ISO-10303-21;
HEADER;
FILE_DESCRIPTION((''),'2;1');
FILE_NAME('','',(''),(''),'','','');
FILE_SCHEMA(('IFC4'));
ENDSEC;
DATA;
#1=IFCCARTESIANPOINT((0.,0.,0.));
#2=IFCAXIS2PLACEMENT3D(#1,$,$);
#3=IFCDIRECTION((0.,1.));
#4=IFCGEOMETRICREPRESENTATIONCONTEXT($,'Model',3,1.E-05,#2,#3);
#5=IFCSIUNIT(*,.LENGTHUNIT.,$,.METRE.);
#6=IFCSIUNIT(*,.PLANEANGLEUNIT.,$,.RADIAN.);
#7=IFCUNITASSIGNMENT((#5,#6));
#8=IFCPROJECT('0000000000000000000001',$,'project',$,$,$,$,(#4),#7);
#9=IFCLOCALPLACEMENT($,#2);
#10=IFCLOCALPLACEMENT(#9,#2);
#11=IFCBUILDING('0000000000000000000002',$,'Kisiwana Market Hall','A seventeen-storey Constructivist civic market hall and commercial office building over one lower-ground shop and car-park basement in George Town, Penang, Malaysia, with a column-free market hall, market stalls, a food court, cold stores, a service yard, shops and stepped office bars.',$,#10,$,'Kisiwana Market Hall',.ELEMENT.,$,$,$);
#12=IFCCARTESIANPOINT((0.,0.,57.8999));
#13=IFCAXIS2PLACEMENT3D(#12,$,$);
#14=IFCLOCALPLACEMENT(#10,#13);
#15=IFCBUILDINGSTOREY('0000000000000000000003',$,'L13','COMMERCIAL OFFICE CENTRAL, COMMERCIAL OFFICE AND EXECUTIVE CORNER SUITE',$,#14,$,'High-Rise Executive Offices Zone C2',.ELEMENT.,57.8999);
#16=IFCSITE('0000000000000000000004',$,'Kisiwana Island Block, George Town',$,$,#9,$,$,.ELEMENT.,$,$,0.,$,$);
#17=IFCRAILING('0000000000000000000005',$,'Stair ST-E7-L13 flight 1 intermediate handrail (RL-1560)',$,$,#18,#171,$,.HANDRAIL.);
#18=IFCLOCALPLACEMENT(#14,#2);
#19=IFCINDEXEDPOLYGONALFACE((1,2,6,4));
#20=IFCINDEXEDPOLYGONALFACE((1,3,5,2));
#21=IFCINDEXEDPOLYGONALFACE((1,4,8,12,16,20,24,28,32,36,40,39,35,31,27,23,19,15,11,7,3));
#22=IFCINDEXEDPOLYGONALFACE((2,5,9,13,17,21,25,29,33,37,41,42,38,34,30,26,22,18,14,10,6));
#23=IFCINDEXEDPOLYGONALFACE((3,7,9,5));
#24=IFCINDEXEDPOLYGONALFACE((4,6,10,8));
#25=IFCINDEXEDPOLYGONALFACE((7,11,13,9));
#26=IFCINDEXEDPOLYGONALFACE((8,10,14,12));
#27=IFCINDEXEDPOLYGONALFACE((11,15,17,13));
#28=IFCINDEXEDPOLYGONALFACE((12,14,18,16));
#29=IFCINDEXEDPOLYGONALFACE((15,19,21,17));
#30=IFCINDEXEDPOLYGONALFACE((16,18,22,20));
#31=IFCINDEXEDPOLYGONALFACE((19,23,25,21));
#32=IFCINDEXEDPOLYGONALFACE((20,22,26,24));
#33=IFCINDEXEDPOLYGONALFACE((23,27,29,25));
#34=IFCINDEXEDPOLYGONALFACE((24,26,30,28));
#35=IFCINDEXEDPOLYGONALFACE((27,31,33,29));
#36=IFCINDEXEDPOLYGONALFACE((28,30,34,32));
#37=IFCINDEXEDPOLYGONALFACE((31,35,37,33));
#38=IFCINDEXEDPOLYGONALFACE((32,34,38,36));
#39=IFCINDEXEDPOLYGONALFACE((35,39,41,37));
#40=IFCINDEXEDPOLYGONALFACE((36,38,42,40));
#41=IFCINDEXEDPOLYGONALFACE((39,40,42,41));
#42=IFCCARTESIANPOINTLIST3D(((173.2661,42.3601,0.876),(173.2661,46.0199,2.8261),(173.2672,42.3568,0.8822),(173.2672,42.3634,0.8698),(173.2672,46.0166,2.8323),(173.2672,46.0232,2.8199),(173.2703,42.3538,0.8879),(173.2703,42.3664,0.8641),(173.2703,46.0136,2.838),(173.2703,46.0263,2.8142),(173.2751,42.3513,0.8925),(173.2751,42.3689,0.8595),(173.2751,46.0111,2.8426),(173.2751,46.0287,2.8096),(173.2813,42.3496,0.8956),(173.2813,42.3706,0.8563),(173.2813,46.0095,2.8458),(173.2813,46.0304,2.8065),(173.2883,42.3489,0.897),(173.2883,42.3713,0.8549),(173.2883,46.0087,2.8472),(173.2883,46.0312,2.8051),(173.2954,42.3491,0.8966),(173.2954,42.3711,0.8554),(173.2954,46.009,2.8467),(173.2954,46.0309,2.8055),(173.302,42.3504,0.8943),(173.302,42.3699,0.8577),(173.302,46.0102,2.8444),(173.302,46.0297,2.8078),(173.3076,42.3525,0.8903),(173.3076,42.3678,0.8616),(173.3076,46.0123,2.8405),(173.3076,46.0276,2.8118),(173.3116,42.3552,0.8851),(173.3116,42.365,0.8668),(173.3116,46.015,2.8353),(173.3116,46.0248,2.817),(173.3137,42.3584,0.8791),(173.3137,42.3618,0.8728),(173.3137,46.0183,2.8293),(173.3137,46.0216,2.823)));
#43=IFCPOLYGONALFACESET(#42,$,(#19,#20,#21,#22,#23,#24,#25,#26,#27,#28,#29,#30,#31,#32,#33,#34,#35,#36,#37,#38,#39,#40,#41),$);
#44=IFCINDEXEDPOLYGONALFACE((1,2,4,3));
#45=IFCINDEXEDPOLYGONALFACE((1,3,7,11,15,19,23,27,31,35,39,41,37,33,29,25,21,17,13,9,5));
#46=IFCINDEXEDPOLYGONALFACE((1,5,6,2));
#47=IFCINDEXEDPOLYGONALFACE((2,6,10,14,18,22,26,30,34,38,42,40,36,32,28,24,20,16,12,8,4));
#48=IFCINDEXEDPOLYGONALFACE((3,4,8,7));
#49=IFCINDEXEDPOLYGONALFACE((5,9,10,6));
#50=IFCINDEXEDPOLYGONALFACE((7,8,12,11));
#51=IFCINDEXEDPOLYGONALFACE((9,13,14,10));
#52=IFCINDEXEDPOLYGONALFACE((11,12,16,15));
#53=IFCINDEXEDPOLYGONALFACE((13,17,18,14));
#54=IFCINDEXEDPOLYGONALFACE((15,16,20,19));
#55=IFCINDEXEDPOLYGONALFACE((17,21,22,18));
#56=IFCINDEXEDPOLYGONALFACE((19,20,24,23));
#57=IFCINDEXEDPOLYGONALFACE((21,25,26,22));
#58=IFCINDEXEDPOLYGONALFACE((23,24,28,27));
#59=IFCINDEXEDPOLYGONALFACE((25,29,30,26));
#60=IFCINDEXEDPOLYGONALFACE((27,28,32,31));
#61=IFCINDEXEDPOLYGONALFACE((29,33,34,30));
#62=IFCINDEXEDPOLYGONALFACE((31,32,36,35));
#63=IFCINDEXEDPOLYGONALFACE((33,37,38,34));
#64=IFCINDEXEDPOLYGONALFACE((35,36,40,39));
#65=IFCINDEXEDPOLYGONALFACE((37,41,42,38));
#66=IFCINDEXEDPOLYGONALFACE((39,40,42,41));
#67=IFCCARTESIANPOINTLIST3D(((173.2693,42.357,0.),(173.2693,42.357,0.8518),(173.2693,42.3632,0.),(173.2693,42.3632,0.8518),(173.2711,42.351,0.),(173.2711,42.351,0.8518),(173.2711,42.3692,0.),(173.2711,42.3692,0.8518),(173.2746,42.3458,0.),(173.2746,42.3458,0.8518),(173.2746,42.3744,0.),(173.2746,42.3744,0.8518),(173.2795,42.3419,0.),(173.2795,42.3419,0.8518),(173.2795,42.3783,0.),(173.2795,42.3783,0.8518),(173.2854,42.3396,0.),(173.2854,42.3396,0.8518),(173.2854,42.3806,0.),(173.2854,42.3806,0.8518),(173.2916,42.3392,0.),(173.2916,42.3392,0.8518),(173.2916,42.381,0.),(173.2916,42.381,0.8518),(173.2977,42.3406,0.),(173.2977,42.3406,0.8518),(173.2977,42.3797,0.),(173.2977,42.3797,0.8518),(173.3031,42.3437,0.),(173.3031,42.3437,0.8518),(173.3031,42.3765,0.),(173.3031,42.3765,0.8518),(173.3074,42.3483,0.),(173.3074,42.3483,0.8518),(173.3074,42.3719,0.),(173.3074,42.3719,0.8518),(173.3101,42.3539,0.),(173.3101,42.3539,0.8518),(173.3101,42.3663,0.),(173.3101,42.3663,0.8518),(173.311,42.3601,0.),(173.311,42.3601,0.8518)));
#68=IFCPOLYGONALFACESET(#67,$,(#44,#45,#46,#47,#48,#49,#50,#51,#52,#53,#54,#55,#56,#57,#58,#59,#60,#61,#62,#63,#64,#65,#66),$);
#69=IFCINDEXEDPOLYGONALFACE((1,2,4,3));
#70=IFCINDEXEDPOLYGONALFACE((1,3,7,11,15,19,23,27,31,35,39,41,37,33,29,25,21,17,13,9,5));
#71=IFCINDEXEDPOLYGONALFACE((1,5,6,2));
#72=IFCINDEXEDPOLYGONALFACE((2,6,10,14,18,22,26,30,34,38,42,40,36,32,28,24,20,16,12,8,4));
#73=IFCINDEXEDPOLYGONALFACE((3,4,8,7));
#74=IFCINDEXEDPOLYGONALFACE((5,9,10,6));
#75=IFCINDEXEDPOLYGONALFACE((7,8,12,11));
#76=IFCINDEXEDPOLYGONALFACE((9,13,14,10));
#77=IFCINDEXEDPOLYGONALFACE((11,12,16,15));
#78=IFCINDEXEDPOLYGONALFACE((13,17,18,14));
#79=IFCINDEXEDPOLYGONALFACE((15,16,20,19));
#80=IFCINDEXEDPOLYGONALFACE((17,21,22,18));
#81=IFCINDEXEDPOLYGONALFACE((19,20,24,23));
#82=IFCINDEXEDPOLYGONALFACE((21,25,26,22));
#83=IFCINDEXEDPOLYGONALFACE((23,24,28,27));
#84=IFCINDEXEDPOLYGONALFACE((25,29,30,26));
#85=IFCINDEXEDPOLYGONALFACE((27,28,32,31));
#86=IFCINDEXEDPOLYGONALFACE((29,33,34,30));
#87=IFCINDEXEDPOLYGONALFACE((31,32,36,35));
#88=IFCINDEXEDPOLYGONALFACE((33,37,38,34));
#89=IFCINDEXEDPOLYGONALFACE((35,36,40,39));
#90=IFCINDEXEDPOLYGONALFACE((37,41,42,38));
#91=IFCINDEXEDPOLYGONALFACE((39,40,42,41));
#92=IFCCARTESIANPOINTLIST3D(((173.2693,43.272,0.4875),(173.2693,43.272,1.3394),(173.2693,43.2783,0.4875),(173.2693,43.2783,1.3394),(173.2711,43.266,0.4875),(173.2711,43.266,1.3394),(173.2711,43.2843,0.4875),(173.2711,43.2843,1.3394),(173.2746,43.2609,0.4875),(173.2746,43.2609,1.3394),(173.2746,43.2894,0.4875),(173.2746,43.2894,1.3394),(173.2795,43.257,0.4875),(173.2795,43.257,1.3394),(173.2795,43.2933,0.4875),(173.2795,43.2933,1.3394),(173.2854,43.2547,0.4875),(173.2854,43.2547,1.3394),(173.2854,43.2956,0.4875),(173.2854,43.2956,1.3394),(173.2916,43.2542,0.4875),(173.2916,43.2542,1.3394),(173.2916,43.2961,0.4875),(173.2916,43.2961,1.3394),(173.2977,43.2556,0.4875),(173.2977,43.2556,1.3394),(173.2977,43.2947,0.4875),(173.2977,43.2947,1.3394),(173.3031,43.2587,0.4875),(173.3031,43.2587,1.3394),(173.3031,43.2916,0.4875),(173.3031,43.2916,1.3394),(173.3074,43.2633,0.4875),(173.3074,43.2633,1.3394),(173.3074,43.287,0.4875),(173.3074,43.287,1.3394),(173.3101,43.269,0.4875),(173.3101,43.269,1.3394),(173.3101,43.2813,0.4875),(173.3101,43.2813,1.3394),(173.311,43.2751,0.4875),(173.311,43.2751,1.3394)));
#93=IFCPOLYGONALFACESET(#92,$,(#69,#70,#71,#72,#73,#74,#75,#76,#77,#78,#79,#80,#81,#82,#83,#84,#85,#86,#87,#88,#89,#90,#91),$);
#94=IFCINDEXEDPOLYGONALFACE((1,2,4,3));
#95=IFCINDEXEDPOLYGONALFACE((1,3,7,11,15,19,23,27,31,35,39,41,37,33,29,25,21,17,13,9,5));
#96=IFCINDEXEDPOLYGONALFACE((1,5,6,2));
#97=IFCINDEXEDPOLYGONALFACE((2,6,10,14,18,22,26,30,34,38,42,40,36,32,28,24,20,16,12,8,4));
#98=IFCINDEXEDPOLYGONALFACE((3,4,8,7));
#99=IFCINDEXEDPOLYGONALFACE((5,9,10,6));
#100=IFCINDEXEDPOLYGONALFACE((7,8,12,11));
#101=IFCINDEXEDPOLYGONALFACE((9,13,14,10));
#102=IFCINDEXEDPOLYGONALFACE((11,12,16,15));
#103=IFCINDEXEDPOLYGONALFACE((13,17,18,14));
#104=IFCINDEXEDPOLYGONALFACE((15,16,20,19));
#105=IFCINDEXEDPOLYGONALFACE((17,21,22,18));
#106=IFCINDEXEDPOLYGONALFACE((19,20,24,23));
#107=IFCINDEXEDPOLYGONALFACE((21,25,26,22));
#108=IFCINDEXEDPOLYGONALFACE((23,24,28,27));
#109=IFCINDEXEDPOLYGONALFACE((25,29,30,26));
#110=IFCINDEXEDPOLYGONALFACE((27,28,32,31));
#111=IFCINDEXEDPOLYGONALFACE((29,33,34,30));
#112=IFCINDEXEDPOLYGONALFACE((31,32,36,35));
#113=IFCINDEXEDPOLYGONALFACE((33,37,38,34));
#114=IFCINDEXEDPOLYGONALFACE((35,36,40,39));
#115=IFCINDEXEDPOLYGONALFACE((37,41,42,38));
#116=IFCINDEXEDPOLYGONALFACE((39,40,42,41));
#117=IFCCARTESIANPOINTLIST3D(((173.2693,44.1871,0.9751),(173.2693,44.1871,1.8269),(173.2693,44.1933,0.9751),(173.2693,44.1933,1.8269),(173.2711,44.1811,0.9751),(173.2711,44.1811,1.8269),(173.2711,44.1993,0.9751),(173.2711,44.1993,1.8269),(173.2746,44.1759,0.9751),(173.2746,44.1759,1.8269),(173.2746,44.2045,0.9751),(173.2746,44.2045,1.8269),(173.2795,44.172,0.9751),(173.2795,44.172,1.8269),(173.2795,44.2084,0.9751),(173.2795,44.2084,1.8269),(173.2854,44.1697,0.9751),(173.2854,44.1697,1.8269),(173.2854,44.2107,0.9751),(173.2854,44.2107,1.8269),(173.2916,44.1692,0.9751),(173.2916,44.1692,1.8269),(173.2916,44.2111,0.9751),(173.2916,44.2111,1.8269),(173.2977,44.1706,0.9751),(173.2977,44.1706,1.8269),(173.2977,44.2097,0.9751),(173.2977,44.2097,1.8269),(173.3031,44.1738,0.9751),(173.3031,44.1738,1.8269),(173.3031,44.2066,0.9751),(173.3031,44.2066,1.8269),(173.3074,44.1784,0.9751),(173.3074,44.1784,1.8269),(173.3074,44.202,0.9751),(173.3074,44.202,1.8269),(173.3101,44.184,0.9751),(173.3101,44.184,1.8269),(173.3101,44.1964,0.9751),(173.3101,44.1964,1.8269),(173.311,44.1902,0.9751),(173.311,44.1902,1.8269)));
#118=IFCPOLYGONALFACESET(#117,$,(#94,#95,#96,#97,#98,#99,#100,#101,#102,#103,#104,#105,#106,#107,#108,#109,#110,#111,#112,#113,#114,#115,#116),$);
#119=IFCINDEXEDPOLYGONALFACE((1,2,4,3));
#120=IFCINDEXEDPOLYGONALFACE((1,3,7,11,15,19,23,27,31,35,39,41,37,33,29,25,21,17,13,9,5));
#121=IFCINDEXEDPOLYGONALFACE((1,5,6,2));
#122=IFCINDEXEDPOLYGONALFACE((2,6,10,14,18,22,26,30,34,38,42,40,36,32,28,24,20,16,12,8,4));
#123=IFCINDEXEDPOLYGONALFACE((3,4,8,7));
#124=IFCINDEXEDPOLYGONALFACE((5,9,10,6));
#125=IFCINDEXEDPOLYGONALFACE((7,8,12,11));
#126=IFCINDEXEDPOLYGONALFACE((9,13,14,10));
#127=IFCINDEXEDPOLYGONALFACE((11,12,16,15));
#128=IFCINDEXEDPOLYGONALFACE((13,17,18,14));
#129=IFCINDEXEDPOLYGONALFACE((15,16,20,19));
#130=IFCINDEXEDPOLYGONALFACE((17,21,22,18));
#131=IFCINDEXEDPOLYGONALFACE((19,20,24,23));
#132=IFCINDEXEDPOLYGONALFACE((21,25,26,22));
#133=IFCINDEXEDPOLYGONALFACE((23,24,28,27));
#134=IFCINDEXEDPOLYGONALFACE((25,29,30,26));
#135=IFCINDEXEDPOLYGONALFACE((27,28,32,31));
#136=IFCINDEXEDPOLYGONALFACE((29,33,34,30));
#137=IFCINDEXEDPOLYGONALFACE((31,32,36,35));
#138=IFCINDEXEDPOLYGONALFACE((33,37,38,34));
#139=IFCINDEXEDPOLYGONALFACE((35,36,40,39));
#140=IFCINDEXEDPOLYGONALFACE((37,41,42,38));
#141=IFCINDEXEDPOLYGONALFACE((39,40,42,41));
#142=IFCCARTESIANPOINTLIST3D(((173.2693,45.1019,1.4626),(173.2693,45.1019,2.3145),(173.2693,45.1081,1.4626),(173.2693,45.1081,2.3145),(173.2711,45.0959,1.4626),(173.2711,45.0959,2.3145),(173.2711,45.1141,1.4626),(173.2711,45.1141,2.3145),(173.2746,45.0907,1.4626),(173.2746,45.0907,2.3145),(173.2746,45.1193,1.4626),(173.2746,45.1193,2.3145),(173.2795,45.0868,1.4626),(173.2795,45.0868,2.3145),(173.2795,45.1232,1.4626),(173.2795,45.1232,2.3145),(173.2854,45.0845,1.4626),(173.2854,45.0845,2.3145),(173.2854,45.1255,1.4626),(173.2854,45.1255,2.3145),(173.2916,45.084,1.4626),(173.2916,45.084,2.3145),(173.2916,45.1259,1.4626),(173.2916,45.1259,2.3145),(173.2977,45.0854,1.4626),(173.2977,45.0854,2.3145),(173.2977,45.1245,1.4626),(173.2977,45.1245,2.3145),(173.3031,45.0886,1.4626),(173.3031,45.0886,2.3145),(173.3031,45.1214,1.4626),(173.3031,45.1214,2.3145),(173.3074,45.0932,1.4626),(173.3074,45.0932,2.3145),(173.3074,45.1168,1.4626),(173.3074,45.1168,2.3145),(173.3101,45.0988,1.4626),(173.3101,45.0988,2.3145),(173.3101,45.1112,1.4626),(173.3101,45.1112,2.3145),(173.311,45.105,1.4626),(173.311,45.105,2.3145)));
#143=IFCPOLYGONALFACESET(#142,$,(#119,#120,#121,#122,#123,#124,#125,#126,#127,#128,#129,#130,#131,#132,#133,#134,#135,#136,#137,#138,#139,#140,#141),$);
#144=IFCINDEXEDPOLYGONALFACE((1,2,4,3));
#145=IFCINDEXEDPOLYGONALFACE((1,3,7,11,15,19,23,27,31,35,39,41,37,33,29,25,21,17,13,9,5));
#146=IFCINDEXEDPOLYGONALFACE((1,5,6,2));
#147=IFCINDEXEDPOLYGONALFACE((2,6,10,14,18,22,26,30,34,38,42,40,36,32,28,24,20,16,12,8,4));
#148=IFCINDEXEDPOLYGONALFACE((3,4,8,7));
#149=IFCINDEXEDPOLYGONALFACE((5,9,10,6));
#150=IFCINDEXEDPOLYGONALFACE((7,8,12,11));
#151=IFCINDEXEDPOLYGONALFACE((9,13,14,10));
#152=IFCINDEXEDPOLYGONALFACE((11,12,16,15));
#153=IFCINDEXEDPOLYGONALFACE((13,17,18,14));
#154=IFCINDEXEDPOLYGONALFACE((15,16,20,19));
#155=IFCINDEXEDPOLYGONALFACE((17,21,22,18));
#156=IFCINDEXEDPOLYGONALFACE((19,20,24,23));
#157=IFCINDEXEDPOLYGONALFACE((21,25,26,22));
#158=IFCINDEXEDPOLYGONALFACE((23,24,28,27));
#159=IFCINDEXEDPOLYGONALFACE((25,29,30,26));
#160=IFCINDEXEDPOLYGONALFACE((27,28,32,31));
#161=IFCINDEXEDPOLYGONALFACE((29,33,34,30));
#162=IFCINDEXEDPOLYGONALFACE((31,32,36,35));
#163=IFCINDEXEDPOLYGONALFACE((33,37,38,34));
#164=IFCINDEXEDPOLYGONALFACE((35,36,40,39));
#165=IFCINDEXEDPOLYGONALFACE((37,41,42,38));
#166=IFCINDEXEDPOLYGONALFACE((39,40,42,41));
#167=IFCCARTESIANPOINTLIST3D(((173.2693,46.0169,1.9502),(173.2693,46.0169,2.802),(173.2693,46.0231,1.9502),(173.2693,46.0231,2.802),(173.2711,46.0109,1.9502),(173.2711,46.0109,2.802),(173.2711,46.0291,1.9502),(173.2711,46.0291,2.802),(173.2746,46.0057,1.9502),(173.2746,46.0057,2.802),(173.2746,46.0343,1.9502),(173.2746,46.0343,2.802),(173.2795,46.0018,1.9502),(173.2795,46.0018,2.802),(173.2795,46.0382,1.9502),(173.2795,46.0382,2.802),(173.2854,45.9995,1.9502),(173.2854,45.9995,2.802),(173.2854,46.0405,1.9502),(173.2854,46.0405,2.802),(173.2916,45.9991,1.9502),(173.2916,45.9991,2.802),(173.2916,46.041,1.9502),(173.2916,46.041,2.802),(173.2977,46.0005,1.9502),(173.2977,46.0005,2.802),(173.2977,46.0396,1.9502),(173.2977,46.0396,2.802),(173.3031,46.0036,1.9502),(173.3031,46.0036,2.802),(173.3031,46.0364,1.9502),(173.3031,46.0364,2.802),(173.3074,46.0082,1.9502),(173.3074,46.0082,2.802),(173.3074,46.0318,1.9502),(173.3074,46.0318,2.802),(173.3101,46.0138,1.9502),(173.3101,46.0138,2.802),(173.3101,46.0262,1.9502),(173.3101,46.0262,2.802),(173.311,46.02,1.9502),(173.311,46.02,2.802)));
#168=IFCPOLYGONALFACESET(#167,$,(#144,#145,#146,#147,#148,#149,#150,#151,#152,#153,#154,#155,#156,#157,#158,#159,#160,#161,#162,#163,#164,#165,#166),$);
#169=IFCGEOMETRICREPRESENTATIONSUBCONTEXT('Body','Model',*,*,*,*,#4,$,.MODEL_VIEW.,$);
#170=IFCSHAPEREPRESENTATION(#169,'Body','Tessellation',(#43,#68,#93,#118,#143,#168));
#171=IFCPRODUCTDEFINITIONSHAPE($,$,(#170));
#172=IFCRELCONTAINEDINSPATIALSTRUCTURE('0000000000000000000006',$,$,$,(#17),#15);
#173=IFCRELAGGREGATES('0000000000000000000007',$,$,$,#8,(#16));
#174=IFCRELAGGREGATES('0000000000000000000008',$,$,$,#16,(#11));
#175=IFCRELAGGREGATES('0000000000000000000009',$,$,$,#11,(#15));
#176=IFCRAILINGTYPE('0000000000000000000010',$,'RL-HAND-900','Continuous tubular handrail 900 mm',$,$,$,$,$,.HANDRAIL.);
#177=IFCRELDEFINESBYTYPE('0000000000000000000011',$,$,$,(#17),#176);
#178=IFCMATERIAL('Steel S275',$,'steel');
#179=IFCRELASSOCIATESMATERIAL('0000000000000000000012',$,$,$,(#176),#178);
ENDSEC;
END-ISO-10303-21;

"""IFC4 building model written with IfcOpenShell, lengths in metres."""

from ifc_helpers import new_model, si_unit, direction, frame, origin, origin_2d, place, context, subcontext, project, spatial, circle, extrude, material, type_object, element, save


model = new_model("IFC4")

# Units and contexts
model_context = context("Model", 3, precision=1e-05, world=origin(), true_north=direction((0.0, 1.0)))
body_context = subcontext(model_context, "Body", "Model", "MODEL_VIEW")
ifc_project = project(units=[si_unit("LENGTHUNIT", "METRE"), si_unit("PLANEANGLEUNIT", "RADIAN")], contexts=[model_context])

# Site, building, storey
site_placement = place(None, origin())
site = spatial("IfcSite", under=ifc_project, at=site_placement, Name="Kisiwana Island Block, George Town", CompositionType="ELEMENT", RefElevation=0.0)
building_placement = place(site_placement, origin())
building = spatial("IfcBuilding", under=site, at=building_placement, Name="Kisiwana Market Hall", Description="A seventeen-storey Constructivist civic market hall and commercial office building over one lower-ground shop and car-park basement in George Town, Penang, Malaysia, with a column-free market hall, market stalls, a food court, cold stores, a service yard, shops and stepped office bars.", LongName="Kisiwana Market Hall", CompositionType="ELEMENT")
storey_placement = place(building_placement, frame((0.0, 0.0, 57.8999)))
storey = spatial("IfcBuildingStorey", under=building, at=storey_placement, Name="L13", Description="COMMERCIAL OFFICE CENTRAL, COMMERCIAL OFFICE AND EXECUTIVE CORNER SUITE", LongName="High-Rise Executive Offices Zone C2", CompositionType="ELEMENT", Elevation=57.8999)

# Railing
ifc_material_1 = material(Name="Steel S275", Category="steel")
railing_type_1 = type_object("IfcRailingType", Name="RL-HAND-900", Description="Continuous tubular handrail 900 mm", PredefinedType="HANDRAIL", material=ifc_material_1)
railing_1_placement = place(storey_placement, frame((173.29, 42.3601, 0.0)))
element("IfcRailing", 1, at=railing_1_placement, inside=storey, type_object=railing_type_1, Name="Stair ST-E7-L13 flight 1 intermediate handrail (RL-1560)", PredefinedType="HANDRAIL", context=body_context, shape_type="SweptSolid", body=[
    extrude(circle(Radius=0.0239, at=origin_2d()), frame((0.0, 0.0, 0.876), z_axis=(0.0, 0.882529, 0.470258), x_axis=(-1.0, 0.0, 0.0)), (0.0, 0.0, 1.0), 4.147),
    extrude(circle(Radius=0.021, at=origin_2d()), origin(), (0.0, 0.0, 1.0), 0.8518),
    extrude(circle(Radius=0.021, at=origin_2d()), frame((0.0, 0.915, 0.4875)), (0.0, 0.0, 1.0), 0.8518),
    extrude(circle(Radius=0.021, at=origin_2d()), frame((0.0, 1.8301, 0.9751)), (0.0, 0.0, 1.0), 0.8518),
    extrude(circle(Radius=0.021, at=origin_2d()), frame((0.0, 2.7449, 1.4626)), (0.0, 0.0, 1.0), 0.8518),
    extrude(circle(Radius=0.021, at=origin_2d()), frame((0.0, 3.6599, 1.9502)), (0.0, 0.0, 1.0), 0.8518),
])

save(model, "model.ifc")
